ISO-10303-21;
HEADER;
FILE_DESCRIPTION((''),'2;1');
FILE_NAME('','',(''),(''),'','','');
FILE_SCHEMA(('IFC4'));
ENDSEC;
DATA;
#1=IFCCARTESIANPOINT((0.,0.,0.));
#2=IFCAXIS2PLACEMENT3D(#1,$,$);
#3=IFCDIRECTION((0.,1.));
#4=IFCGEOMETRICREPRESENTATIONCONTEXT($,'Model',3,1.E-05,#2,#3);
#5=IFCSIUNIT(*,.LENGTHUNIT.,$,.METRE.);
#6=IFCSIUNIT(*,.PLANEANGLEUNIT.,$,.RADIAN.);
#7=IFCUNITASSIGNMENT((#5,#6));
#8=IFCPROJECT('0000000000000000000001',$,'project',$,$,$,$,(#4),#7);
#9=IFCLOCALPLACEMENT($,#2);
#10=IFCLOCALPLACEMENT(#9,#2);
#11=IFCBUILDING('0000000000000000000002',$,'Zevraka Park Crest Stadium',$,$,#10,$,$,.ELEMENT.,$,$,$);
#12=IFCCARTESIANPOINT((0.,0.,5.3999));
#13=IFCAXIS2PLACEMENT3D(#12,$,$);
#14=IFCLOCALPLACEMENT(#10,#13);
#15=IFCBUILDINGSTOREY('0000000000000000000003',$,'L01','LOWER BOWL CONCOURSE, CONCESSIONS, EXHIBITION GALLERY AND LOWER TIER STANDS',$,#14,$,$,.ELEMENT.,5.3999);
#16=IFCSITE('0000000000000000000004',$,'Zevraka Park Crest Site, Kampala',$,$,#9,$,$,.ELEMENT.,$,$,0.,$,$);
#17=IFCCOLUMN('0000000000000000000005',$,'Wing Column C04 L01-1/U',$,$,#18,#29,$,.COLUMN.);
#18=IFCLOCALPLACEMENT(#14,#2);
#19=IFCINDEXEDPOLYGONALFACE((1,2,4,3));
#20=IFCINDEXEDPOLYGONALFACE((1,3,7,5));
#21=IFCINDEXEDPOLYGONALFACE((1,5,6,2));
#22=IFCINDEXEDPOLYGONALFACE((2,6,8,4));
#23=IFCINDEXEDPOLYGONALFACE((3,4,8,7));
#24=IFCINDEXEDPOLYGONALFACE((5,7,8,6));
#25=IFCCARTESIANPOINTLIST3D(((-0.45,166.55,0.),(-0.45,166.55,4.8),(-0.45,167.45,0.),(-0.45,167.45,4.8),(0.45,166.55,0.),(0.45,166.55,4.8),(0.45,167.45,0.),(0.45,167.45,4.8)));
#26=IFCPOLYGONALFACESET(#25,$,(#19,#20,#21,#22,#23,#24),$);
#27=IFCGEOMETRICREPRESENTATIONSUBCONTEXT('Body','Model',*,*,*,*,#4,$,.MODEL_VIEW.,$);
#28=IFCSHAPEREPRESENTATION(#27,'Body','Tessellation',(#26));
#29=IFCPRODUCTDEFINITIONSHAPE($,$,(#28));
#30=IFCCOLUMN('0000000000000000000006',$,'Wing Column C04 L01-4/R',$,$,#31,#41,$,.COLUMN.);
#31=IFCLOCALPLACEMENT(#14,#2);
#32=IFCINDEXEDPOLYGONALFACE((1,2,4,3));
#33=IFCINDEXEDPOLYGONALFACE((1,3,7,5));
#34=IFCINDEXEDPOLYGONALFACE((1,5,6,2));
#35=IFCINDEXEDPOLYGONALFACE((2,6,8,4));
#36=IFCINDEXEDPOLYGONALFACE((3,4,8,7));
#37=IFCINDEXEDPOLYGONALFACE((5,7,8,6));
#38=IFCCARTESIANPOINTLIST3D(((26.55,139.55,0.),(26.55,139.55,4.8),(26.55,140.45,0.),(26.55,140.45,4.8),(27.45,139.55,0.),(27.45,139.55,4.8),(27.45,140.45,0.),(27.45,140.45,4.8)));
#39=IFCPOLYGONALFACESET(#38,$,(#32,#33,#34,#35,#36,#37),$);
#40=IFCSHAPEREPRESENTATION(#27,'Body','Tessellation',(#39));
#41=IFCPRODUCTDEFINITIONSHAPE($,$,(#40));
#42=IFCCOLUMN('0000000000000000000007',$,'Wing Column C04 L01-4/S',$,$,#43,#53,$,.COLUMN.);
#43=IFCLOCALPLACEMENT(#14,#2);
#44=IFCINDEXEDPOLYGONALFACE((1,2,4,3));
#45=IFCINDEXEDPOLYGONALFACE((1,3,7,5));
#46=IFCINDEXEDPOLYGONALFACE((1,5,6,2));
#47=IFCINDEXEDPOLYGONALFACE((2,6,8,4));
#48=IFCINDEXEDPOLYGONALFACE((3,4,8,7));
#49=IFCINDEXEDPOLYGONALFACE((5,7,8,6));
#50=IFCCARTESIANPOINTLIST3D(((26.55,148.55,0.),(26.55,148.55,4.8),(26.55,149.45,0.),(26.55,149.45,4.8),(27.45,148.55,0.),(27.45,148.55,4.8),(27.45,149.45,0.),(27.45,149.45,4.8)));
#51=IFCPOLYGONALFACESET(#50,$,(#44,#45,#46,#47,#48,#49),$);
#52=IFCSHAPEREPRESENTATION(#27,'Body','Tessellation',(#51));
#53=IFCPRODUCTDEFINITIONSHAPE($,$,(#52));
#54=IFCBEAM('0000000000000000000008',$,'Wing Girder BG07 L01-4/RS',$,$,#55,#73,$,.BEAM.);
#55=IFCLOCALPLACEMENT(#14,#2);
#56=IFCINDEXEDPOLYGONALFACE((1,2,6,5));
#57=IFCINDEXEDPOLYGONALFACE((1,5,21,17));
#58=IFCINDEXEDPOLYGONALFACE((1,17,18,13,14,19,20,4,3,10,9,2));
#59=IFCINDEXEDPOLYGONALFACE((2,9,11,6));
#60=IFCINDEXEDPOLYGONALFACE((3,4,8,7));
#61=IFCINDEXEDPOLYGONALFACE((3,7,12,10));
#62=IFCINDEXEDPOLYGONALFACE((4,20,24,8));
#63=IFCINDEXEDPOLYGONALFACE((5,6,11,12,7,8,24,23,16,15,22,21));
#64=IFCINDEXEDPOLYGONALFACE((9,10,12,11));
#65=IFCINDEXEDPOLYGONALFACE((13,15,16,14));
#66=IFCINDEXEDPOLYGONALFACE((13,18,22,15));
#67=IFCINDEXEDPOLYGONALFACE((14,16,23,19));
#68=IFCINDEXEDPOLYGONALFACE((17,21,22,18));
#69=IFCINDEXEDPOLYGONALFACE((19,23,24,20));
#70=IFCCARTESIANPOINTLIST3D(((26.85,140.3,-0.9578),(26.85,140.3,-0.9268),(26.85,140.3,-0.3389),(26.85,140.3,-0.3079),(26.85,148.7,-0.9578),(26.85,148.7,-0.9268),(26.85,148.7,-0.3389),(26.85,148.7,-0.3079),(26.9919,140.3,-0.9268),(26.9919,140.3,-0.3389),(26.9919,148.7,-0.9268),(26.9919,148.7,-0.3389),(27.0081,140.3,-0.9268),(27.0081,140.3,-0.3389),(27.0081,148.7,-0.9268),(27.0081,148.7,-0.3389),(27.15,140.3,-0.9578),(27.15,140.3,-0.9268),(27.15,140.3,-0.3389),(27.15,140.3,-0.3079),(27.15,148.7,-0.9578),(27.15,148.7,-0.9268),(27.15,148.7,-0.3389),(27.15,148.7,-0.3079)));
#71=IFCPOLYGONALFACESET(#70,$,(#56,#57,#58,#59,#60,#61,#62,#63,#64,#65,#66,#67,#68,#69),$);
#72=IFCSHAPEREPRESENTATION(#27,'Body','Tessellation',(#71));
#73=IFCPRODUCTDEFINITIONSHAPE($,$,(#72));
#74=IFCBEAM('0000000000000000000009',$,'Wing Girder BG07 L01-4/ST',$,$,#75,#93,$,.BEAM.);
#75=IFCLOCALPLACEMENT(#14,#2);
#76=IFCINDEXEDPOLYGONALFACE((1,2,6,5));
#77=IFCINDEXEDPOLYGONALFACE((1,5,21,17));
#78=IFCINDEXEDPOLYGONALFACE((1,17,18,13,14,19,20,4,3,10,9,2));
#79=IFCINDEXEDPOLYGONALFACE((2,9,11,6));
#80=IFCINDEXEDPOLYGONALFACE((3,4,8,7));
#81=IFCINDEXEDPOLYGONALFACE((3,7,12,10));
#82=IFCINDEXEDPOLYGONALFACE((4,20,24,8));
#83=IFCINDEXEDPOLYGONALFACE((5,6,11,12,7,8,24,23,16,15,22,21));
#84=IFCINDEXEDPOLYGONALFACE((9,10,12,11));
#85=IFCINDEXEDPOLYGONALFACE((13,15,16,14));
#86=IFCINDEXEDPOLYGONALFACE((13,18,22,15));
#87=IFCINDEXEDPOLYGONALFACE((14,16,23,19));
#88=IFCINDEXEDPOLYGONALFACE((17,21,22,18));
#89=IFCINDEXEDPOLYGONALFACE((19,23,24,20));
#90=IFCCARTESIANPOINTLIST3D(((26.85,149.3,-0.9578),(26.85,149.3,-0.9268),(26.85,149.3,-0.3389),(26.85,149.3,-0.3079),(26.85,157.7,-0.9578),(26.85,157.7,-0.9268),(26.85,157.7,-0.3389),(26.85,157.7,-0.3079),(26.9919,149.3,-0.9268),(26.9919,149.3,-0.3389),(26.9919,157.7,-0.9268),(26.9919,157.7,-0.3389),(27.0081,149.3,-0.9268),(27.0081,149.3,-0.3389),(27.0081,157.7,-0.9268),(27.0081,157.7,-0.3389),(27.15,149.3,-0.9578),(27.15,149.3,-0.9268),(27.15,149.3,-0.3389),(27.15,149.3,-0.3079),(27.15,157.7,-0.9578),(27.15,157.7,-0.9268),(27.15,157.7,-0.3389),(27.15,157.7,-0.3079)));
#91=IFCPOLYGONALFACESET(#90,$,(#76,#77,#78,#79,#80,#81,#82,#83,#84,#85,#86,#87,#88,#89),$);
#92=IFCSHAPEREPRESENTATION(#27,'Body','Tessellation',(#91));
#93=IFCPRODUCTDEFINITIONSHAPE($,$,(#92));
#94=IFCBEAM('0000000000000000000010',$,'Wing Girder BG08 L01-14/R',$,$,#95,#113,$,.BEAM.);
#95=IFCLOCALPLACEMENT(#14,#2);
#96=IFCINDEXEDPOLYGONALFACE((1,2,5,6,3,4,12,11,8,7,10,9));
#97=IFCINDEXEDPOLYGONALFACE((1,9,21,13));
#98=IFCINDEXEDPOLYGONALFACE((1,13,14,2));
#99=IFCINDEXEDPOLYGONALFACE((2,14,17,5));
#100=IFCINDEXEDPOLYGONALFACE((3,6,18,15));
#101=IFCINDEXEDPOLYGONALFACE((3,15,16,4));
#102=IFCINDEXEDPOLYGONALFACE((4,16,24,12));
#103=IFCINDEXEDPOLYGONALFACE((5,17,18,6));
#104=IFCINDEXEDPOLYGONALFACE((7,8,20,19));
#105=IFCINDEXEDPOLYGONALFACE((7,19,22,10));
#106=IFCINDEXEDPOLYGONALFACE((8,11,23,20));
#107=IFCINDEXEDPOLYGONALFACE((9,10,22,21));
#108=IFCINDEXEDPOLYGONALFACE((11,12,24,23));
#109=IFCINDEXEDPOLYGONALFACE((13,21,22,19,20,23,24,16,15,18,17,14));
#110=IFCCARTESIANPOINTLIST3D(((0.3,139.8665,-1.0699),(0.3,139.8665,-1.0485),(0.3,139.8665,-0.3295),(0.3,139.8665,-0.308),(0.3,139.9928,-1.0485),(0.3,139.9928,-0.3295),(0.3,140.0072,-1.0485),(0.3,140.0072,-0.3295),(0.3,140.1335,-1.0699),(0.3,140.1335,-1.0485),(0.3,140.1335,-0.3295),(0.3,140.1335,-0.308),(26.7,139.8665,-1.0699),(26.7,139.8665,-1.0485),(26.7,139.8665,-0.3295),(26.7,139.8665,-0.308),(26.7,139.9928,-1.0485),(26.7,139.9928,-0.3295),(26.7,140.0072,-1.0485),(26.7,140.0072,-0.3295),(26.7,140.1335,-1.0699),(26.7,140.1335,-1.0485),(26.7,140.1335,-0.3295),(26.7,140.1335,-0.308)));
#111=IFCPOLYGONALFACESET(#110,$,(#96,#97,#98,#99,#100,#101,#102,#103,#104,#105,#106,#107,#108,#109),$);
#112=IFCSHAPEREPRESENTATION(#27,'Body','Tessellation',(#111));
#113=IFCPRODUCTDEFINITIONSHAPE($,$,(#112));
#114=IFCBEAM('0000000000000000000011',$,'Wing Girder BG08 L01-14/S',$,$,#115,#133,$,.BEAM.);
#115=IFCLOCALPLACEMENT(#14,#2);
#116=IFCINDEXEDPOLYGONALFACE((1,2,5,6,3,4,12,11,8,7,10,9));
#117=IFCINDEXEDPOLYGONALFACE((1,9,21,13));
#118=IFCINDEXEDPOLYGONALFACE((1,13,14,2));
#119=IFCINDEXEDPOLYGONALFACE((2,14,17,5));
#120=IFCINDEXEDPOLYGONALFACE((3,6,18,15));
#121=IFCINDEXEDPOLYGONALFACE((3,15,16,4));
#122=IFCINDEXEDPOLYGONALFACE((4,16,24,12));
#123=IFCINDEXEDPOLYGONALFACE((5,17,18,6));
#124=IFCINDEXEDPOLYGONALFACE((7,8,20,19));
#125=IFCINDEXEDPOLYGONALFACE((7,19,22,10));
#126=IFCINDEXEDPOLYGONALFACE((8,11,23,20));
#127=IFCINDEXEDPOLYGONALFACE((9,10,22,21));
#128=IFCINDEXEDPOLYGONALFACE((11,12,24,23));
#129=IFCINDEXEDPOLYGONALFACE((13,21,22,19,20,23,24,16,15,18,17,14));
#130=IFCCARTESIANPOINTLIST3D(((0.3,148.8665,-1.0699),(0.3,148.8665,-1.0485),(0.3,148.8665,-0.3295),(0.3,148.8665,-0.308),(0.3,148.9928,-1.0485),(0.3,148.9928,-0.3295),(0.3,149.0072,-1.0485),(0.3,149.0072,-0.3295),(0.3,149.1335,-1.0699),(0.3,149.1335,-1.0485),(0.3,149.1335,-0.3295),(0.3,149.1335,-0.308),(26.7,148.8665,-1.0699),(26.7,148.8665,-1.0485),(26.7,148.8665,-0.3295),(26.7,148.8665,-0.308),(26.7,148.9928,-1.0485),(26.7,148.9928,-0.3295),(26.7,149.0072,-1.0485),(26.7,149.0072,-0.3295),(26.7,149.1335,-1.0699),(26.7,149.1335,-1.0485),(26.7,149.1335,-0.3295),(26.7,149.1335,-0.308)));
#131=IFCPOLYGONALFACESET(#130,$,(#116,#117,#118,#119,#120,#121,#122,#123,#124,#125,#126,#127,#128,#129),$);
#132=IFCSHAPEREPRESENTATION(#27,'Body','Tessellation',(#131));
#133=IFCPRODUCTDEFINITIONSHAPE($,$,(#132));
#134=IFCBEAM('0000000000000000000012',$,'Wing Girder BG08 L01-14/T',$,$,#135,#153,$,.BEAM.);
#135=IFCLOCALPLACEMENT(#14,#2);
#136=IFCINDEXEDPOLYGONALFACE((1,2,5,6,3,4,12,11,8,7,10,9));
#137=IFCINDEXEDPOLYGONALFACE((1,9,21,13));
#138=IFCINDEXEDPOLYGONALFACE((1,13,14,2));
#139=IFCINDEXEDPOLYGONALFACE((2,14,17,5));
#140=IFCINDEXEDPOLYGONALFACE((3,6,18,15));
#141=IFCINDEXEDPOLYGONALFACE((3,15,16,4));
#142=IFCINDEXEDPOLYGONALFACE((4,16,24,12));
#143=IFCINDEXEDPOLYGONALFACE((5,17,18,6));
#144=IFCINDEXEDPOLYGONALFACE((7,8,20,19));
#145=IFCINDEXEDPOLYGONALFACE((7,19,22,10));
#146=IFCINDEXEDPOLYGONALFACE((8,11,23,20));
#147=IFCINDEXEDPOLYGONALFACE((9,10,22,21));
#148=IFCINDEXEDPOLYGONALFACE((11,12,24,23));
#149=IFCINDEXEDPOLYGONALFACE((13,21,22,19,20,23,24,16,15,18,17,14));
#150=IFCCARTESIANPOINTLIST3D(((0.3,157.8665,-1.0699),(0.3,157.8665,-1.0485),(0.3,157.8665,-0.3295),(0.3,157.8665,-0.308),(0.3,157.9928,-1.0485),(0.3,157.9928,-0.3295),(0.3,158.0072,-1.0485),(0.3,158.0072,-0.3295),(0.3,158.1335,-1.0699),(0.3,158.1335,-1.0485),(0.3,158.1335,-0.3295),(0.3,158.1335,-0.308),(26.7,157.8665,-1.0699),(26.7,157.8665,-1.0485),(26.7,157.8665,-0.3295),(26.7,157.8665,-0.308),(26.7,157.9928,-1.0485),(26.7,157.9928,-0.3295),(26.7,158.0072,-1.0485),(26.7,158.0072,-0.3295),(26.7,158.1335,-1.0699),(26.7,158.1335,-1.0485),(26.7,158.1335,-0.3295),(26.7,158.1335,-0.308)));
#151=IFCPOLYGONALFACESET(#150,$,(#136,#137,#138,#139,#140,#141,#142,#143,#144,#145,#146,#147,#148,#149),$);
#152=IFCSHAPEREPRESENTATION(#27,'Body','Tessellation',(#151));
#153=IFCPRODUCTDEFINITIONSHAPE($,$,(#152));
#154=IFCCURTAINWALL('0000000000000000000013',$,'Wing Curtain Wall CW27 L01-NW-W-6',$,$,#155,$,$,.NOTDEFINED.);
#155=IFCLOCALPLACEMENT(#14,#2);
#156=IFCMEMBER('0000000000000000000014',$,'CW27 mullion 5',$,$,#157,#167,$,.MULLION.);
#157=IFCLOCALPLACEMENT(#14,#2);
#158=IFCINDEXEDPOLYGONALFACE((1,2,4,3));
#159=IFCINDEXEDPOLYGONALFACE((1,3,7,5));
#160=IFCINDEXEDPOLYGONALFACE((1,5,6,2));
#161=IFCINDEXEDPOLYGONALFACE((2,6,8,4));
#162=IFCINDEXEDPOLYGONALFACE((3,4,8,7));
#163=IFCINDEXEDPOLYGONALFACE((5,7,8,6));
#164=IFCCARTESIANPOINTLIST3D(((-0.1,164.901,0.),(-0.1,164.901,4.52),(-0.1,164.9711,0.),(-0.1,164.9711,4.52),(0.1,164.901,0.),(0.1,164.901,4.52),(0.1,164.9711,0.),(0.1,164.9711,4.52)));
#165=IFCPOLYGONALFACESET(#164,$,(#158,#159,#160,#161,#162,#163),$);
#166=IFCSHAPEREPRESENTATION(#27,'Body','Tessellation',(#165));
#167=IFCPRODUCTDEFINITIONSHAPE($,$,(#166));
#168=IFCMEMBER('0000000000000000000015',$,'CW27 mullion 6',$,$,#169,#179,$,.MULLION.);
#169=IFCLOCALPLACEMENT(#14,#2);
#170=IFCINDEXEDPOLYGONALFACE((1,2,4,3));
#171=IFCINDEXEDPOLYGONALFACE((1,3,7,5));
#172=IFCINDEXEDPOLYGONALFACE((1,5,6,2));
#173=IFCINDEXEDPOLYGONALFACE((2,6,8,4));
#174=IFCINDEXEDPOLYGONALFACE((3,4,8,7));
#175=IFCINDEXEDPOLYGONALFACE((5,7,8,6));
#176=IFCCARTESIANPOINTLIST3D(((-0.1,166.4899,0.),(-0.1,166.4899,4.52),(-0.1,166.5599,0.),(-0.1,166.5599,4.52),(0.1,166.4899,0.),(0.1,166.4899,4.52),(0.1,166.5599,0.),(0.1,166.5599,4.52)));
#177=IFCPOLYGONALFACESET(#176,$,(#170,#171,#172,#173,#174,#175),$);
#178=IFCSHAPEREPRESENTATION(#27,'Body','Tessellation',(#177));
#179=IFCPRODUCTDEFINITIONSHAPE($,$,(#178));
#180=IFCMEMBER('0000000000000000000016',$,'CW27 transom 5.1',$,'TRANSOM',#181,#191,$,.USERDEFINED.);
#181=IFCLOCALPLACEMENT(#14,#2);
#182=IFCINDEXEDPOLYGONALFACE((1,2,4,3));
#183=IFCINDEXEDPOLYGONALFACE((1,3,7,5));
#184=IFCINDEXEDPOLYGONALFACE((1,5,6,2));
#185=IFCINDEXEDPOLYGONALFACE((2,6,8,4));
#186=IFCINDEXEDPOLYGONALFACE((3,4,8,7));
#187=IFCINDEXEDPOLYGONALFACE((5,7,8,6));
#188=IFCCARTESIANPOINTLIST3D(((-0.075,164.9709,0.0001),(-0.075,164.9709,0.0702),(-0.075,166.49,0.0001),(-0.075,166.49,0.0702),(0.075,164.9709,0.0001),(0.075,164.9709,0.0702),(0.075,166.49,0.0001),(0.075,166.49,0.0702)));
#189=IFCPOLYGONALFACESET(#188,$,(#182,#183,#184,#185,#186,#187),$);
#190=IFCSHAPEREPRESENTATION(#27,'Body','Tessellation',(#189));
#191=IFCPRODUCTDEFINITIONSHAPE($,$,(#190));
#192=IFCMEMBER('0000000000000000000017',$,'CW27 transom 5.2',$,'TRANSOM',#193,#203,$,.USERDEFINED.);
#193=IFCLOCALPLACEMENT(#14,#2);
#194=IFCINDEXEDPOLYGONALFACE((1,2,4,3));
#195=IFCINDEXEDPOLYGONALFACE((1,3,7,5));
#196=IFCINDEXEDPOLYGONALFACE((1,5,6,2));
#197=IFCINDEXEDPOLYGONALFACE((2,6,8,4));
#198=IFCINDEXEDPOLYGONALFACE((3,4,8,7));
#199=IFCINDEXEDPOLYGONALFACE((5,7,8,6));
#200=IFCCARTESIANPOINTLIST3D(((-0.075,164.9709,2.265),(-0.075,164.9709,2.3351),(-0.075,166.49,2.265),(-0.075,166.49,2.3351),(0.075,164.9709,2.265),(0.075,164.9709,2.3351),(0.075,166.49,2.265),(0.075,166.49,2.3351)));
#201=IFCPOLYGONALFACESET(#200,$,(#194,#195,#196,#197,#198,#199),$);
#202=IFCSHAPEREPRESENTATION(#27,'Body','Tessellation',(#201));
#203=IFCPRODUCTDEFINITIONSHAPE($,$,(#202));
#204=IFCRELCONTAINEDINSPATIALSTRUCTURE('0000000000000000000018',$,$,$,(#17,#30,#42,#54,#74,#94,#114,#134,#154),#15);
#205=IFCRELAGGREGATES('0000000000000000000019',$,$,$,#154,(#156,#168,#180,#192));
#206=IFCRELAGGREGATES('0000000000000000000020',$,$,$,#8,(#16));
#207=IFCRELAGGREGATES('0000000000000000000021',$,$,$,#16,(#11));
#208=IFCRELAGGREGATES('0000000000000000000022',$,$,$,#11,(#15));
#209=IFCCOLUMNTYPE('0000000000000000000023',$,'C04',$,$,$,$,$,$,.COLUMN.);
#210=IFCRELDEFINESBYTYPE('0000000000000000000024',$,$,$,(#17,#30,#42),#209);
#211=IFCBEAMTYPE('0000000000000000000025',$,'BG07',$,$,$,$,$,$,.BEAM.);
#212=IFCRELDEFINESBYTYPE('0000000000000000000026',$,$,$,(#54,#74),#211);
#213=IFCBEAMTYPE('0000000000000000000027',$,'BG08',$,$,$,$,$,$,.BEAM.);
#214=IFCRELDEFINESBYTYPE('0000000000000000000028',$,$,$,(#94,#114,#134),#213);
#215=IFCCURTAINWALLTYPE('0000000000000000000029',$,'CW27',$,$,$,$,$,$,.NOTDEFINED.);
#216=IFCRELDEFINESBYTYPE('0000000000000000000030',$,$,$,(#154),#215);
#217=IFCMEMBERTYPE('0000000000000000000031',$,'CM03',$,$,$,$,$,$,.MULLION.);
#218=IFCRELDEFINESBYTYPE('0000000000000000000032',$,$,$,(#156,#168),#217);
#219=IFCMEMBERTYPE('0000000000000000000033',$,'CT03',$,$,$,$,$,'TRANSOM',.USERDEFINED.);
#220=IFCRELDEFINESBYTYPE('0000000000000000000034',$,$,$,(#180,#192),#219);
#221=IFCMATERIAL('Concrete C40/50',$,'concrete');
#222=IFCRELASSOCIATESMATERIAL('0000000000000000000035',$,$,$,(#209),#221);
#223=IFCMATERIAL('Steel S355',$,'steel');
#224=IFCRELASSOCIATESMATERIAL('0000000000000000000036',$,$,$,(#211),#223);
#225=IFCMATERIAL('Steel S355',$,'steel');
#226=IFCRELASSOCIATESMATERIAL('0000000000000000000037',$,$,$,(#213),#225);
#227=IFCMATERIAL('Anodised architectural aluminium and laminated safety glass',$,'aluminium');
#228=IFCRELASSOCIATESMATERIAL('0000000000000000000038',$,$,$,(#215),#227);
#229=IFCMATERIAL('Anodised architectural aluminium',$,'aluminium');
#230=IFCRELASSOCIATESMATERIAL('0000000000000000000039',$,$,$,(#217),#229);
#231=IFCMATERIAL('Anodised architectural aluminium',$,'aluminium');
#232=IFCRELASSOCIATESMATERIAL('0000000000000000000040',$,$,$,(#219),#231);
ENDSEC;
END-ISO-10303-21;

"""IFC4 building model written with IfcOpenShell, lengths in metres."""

from ifc_helpers import new_model, si_unit, direction, frame, origin, origin_2d, place, context, subcontext, project, spatial, rectangle, i_section, extrude, material, material_profile, profile_set, type_object, element, aggregate, save


model = new_model("IFC4")

# Units and contexts
model_context = context("Model", 3, precision=1e-05, world=origin(), true_north=direction((0.0, 1.0)))
body_context = subcontext(model_context, "Body", "Model", "MODEL_VIEW")
ifc_project = project(units=[si_unit("LENGTHUNIT", "METRE"), si_unit("PLANEANGLEUNIT", "RADIAN")], contexts=[model_context])

# Site, building, storey
site_placement = place(None, origin())
site = spatial("IfcSite", under=ifc_project, at=site_placement, Name="Zevraka Park Crest Site, Kampala", CompositionType="ELEMENT", RefElevation=0.0)
building_placement = place(site_placement, origin())
building = spatial("IfcBuilding", under=site, at=building_placement, Name="Zevraka Park Crest Stadium", CompositionType="ELEMENT")
storey_placement = place(building_placement, frame((0.0, 0.0, 5.3999)))
storey = spatial("IfcBuildingStorey", under=building, at=storey_placement, Name="L01", Description="LOWER BOWL CONCOURSE, CONCESSIONS, EXHIBITION GALLERY AND LOWER TIER STANDS", CompositionType="ELEMENT", Elevation=5.3999)

# Columns
ifc_material_1 = material(Name="Concrete C40/50", Category="concrete")
ifc_material_profile_1 = material_profile(ifc_material_1, rectangle(XDim=0.8999, YDim=0.8999, at=origin_2d()), Name="RC 900x900")
ifc_profile_set_1 = profile_set([ifc_material_profile_1], Name="Concrete C40/50")
column_type = type_object("IfcColumnType", Name="C04", PredefinedType="COLUMN", material=ifc_profile_set_1)
for number, where, z_axis, x_axis, name in (
    (1, (0.0, 167.0, 0.0), (0.0, 0.0, 1.0), (1.0, 0.0, 0.0), "Wing Column C04 L01-1/U"),
    (2, (27.0, 140.0, 0.0), (0.0, 0.0, 1.0), (1.0, 0.0, 0.0), "Wing Column C04 L01-4/R"),
    (3, (27.0, 149.0, 0.0), (0.0, 0.0, 1.0), (1.0, 0.0, 0.0), "Wing Column C04 L01-4/S"),
):
    element("IfcColumn", number, at=place(storey_placement, frame(where, z_axis=z_axis, x_axis=x_axis)), inside=storey, type_object=column_type, Name=name, PredefinedType="COLUMN", context=body_context, shape_type="SweptSolid", body=[
        extrude(rectangle(XDim=0.8999, YDim=0.8999, at=origin_2d()), origin(), (0.0, 0.0, 1.0), 4.8),
    ])

# Beams
ifc_material_2 = material(Name="Steel S355", Category="steel")
ifc_material_profile_2 = material_profile(ifc_material_2, i_section(OverallWidth=0.3, OverallDepth=0.6499, WebThickness=0.0161, FlangeThickness=0.031, at=origin_2d()), Name="HEB 650")
ifc_profile_set_2 = profile_set([ifc_material_profile_2], Name="Steel S355")
beam_type_1 = type_object("IfcBeamType", Name="BG07", PredefinedType="BEAM", material=ifc_profile_set_2)
for number, where, z_axis, x_axis, name in (
    (4, (27.0, 140.3, -0.6328), (0.0, 1.0, 0.0), (-1.0, 0.0, 0.0), "Wing Girder BG07 L01-4/RS"),
    (5, (27.0, 149.3, -0.6328), (0.0, 1.0, 0.0), (-1.0, 0.0, 0.0), "Wing Girder BG07 L01-4/ST"),
):
    element("IfcBeam", number, at=place(storey_placement, frame(where, z_axis=z_axis, x_axis=x_axis)), inside=storey, type_object=beam_type_1, Name=name, PredefinedType="BEAM", context=body_context, shape_type="SweptSolid", body=[
        extrude(i_section(OverallWidth=0.3, OverallDepth=0.6499, WebThickness=0.0161, FlangeThickness=0.031, at=origin_2d()), origin(), (0.0, 0.0, 1.0), 8.3999),
    ])
ifc_material_3 = material(Name="Steel S355", Category="steel")
ifc_material_profile_3 = material_profile(ifc_material_3, i_section(OverallWidth=0.2671, OverallDepth=0.762, WebThickness=0.0144, FlangeThickness=0.0215, at=origin_2d()), Name="UKB 762x267x173")
ifc_profile_set_3 = profile_set([ifc_material_profile_3], Name="Steel S355")
beam_type_2 = type_object("IfcBeamType", Name="BG08", PredefinedType="BEAM", material=ifc_profile_set_3)
for number, where, z_axis, x_axis, name in (
    (6, (0.3, 140.0, -0.689), (1.0, 0.0, 0.0), (0.0, 1.0, 0.0), "Wing Girder BG08 L01-14/R"),
    (7, (0.3, 149.0, -0.689), (1.0, 0.0, 0.0), (0.0, 1.0, 0.0), "Wing Girder BG08 L01-14/S"),
    (8, (0.3, 158.0, -0.689), (1.0, 0.0, 0.0), (0.0, 1.0, 0.0), "Wing Girder BG08 L01-14/T"),
):
    element("IfcBeam", number, at=place(storey_placement, frame(where, z_axis=z_axis, x_axis=x_axis)), inside=storey, type_object=beam_type_2, Name=name, PredefinedType="BEAM", context=body_context, shape_type="SweptSolid", body=[
        extrude(i_section(OverallWidth=0.2671, OverallDepth=0.762, WebThickness=0.0144, FlangeThickness=0.0215, at=origin_2d()), origin(), (0.0, 0.0, 1.0), 26.3999),
    ])

# Curtain wall, members
ifc_material_4 = material(Name="Anodised architectural aluminium and laminated safety glass", Category="aluminium")
curtain_wall_type = type_object("IfcCurtainWallType", Name="CW27", PredefinedType="NOTDEFINED", material=ifc_material_4)
curtain_wall_placement = place(storey_placement, origin())
curtain_wall = element("IfcCurtainWall", 9, at=curtain_wall_placement, inside=storey, type_object=curtain_wall_type, Name="Wing Curtain Wall CW27 L01-NW-W-6", PredefinedType="NOTDEFINED")
ifc_material_5 = material(Name="Anodised architectural aluminium", Category="aluminium")
ifc_material_profile_4 = material_profile(ifc_material_5, rectangle(XDim=0.2, YDim=0.0701, at=origin_2d()), Name="ALU MULLION 200x70")
ifc_profile_set_4 = profile_set([ifc_material_profile_4], Name="Anodised architectural aluminium")
member_type_1 = type_object("IfcMemberType", Name="CM03", PredefinedType="MULLION", material=ifc_profile_set_4)
member_1_placement = place(storey_placement, frame((0.0, 164.936, 0.0), z_axis=(0.0, 0.0, 1.0), x_axis=(-1.0, 0.0, 0.0)))
member_1 = element("IfcMember", 10, at=member_1_placement, type_object=member_type_1, Name="CW27 mullion 5", PredefinedType="MULLION", context=body_context, shape_type="SweptSolid", body=[
    extrude(rectangle(XDim=0.2, YDim=0.0701, at=origin_2d()), origin(), (0.0, 0.0, 1.0), 4.52),
])
member_2_placement = place(storey_placement, frame((0.0, 166.5249, 0.0), z_axis=(0.0, 0.0, 1.0), x_axis=(-1.0, 0.0, 0.0)))
member_2 = element("IfcMember", 11, at=member_2_placement, type_object=member_type_1, Name="CW27 mullion 6", PredefinedType="MULLION", context=body_context, shape_type="SweptSolid", body=[
    extrude(rectangle(XDim=0.2, YDim=0.0701, at=origin_2d()), origin(), (0.0, 0.0, 1.0), 4.52),
])
ifc_material_6 = material(Name="Anodised architectural aluminium", Category="aluminium")
ifc_material_profile_5 = material_profile(ifc_material_6, rectangle(XDim=0.1499, YDim=0.0701, at=origin_2d()), Name="ALU TRANSOM 150x70")
ifc_profile_set_5 = profile_set([ifc_material_profile_5], Name="Anodised architectural aluminium")
member_type_2 = type_object("IfcMemberType", Name="CT03", ElementType="TRANSOM", PredefinedType="USERDEFINED", material=ifc_profile_set_5)
member_3_placement = place(storey_placement, frame((0.0, 164.9709, 0.0352), z_axis=(0.0, 1.0, 0.0), x_axis=(-1.0, 0.0, 0.0)))
member_3 = element("IfcMember", 12, at=member_3_placement, type_object=member_type_2, Name="CW27 transom 5.1", ObjectType="TRANSOM", PredefinedType="USERDEFINED", context=body_context, shape_type="SweptSolid", body=[
    extrude(rectangle(XDim=0.1499, YDim=0.0701, at=origin_2d()), origin(), (0.0, 0.0, 1.0), 1.519),
])
member_4_placement = place(storey_placement, frame((0.0, 164.9709, 2.3), z_axis=(0.0, 1.0, 0.0), x_axis=(-1.0, 0.0, 0.0)))
member_4 = element("IfcMember", 13, at=member_4_placement, type_object=member_type_2, Name="CW27 transom 5.2", ObjectType="TRANSOM", PredefinedType="USERDEFINED", context=body_context, shape_type="SweptSolid", body=[
    extrude(rectangle(XDim=0.1499, YDim=0.0701, at=origin_2d()), origin(), (0.0, 0.0, 1.0), 1.519),
])
aggregate(curtain_wall, [member_1, member_2, member_3, member_4])

save(model, "model.ifc")
